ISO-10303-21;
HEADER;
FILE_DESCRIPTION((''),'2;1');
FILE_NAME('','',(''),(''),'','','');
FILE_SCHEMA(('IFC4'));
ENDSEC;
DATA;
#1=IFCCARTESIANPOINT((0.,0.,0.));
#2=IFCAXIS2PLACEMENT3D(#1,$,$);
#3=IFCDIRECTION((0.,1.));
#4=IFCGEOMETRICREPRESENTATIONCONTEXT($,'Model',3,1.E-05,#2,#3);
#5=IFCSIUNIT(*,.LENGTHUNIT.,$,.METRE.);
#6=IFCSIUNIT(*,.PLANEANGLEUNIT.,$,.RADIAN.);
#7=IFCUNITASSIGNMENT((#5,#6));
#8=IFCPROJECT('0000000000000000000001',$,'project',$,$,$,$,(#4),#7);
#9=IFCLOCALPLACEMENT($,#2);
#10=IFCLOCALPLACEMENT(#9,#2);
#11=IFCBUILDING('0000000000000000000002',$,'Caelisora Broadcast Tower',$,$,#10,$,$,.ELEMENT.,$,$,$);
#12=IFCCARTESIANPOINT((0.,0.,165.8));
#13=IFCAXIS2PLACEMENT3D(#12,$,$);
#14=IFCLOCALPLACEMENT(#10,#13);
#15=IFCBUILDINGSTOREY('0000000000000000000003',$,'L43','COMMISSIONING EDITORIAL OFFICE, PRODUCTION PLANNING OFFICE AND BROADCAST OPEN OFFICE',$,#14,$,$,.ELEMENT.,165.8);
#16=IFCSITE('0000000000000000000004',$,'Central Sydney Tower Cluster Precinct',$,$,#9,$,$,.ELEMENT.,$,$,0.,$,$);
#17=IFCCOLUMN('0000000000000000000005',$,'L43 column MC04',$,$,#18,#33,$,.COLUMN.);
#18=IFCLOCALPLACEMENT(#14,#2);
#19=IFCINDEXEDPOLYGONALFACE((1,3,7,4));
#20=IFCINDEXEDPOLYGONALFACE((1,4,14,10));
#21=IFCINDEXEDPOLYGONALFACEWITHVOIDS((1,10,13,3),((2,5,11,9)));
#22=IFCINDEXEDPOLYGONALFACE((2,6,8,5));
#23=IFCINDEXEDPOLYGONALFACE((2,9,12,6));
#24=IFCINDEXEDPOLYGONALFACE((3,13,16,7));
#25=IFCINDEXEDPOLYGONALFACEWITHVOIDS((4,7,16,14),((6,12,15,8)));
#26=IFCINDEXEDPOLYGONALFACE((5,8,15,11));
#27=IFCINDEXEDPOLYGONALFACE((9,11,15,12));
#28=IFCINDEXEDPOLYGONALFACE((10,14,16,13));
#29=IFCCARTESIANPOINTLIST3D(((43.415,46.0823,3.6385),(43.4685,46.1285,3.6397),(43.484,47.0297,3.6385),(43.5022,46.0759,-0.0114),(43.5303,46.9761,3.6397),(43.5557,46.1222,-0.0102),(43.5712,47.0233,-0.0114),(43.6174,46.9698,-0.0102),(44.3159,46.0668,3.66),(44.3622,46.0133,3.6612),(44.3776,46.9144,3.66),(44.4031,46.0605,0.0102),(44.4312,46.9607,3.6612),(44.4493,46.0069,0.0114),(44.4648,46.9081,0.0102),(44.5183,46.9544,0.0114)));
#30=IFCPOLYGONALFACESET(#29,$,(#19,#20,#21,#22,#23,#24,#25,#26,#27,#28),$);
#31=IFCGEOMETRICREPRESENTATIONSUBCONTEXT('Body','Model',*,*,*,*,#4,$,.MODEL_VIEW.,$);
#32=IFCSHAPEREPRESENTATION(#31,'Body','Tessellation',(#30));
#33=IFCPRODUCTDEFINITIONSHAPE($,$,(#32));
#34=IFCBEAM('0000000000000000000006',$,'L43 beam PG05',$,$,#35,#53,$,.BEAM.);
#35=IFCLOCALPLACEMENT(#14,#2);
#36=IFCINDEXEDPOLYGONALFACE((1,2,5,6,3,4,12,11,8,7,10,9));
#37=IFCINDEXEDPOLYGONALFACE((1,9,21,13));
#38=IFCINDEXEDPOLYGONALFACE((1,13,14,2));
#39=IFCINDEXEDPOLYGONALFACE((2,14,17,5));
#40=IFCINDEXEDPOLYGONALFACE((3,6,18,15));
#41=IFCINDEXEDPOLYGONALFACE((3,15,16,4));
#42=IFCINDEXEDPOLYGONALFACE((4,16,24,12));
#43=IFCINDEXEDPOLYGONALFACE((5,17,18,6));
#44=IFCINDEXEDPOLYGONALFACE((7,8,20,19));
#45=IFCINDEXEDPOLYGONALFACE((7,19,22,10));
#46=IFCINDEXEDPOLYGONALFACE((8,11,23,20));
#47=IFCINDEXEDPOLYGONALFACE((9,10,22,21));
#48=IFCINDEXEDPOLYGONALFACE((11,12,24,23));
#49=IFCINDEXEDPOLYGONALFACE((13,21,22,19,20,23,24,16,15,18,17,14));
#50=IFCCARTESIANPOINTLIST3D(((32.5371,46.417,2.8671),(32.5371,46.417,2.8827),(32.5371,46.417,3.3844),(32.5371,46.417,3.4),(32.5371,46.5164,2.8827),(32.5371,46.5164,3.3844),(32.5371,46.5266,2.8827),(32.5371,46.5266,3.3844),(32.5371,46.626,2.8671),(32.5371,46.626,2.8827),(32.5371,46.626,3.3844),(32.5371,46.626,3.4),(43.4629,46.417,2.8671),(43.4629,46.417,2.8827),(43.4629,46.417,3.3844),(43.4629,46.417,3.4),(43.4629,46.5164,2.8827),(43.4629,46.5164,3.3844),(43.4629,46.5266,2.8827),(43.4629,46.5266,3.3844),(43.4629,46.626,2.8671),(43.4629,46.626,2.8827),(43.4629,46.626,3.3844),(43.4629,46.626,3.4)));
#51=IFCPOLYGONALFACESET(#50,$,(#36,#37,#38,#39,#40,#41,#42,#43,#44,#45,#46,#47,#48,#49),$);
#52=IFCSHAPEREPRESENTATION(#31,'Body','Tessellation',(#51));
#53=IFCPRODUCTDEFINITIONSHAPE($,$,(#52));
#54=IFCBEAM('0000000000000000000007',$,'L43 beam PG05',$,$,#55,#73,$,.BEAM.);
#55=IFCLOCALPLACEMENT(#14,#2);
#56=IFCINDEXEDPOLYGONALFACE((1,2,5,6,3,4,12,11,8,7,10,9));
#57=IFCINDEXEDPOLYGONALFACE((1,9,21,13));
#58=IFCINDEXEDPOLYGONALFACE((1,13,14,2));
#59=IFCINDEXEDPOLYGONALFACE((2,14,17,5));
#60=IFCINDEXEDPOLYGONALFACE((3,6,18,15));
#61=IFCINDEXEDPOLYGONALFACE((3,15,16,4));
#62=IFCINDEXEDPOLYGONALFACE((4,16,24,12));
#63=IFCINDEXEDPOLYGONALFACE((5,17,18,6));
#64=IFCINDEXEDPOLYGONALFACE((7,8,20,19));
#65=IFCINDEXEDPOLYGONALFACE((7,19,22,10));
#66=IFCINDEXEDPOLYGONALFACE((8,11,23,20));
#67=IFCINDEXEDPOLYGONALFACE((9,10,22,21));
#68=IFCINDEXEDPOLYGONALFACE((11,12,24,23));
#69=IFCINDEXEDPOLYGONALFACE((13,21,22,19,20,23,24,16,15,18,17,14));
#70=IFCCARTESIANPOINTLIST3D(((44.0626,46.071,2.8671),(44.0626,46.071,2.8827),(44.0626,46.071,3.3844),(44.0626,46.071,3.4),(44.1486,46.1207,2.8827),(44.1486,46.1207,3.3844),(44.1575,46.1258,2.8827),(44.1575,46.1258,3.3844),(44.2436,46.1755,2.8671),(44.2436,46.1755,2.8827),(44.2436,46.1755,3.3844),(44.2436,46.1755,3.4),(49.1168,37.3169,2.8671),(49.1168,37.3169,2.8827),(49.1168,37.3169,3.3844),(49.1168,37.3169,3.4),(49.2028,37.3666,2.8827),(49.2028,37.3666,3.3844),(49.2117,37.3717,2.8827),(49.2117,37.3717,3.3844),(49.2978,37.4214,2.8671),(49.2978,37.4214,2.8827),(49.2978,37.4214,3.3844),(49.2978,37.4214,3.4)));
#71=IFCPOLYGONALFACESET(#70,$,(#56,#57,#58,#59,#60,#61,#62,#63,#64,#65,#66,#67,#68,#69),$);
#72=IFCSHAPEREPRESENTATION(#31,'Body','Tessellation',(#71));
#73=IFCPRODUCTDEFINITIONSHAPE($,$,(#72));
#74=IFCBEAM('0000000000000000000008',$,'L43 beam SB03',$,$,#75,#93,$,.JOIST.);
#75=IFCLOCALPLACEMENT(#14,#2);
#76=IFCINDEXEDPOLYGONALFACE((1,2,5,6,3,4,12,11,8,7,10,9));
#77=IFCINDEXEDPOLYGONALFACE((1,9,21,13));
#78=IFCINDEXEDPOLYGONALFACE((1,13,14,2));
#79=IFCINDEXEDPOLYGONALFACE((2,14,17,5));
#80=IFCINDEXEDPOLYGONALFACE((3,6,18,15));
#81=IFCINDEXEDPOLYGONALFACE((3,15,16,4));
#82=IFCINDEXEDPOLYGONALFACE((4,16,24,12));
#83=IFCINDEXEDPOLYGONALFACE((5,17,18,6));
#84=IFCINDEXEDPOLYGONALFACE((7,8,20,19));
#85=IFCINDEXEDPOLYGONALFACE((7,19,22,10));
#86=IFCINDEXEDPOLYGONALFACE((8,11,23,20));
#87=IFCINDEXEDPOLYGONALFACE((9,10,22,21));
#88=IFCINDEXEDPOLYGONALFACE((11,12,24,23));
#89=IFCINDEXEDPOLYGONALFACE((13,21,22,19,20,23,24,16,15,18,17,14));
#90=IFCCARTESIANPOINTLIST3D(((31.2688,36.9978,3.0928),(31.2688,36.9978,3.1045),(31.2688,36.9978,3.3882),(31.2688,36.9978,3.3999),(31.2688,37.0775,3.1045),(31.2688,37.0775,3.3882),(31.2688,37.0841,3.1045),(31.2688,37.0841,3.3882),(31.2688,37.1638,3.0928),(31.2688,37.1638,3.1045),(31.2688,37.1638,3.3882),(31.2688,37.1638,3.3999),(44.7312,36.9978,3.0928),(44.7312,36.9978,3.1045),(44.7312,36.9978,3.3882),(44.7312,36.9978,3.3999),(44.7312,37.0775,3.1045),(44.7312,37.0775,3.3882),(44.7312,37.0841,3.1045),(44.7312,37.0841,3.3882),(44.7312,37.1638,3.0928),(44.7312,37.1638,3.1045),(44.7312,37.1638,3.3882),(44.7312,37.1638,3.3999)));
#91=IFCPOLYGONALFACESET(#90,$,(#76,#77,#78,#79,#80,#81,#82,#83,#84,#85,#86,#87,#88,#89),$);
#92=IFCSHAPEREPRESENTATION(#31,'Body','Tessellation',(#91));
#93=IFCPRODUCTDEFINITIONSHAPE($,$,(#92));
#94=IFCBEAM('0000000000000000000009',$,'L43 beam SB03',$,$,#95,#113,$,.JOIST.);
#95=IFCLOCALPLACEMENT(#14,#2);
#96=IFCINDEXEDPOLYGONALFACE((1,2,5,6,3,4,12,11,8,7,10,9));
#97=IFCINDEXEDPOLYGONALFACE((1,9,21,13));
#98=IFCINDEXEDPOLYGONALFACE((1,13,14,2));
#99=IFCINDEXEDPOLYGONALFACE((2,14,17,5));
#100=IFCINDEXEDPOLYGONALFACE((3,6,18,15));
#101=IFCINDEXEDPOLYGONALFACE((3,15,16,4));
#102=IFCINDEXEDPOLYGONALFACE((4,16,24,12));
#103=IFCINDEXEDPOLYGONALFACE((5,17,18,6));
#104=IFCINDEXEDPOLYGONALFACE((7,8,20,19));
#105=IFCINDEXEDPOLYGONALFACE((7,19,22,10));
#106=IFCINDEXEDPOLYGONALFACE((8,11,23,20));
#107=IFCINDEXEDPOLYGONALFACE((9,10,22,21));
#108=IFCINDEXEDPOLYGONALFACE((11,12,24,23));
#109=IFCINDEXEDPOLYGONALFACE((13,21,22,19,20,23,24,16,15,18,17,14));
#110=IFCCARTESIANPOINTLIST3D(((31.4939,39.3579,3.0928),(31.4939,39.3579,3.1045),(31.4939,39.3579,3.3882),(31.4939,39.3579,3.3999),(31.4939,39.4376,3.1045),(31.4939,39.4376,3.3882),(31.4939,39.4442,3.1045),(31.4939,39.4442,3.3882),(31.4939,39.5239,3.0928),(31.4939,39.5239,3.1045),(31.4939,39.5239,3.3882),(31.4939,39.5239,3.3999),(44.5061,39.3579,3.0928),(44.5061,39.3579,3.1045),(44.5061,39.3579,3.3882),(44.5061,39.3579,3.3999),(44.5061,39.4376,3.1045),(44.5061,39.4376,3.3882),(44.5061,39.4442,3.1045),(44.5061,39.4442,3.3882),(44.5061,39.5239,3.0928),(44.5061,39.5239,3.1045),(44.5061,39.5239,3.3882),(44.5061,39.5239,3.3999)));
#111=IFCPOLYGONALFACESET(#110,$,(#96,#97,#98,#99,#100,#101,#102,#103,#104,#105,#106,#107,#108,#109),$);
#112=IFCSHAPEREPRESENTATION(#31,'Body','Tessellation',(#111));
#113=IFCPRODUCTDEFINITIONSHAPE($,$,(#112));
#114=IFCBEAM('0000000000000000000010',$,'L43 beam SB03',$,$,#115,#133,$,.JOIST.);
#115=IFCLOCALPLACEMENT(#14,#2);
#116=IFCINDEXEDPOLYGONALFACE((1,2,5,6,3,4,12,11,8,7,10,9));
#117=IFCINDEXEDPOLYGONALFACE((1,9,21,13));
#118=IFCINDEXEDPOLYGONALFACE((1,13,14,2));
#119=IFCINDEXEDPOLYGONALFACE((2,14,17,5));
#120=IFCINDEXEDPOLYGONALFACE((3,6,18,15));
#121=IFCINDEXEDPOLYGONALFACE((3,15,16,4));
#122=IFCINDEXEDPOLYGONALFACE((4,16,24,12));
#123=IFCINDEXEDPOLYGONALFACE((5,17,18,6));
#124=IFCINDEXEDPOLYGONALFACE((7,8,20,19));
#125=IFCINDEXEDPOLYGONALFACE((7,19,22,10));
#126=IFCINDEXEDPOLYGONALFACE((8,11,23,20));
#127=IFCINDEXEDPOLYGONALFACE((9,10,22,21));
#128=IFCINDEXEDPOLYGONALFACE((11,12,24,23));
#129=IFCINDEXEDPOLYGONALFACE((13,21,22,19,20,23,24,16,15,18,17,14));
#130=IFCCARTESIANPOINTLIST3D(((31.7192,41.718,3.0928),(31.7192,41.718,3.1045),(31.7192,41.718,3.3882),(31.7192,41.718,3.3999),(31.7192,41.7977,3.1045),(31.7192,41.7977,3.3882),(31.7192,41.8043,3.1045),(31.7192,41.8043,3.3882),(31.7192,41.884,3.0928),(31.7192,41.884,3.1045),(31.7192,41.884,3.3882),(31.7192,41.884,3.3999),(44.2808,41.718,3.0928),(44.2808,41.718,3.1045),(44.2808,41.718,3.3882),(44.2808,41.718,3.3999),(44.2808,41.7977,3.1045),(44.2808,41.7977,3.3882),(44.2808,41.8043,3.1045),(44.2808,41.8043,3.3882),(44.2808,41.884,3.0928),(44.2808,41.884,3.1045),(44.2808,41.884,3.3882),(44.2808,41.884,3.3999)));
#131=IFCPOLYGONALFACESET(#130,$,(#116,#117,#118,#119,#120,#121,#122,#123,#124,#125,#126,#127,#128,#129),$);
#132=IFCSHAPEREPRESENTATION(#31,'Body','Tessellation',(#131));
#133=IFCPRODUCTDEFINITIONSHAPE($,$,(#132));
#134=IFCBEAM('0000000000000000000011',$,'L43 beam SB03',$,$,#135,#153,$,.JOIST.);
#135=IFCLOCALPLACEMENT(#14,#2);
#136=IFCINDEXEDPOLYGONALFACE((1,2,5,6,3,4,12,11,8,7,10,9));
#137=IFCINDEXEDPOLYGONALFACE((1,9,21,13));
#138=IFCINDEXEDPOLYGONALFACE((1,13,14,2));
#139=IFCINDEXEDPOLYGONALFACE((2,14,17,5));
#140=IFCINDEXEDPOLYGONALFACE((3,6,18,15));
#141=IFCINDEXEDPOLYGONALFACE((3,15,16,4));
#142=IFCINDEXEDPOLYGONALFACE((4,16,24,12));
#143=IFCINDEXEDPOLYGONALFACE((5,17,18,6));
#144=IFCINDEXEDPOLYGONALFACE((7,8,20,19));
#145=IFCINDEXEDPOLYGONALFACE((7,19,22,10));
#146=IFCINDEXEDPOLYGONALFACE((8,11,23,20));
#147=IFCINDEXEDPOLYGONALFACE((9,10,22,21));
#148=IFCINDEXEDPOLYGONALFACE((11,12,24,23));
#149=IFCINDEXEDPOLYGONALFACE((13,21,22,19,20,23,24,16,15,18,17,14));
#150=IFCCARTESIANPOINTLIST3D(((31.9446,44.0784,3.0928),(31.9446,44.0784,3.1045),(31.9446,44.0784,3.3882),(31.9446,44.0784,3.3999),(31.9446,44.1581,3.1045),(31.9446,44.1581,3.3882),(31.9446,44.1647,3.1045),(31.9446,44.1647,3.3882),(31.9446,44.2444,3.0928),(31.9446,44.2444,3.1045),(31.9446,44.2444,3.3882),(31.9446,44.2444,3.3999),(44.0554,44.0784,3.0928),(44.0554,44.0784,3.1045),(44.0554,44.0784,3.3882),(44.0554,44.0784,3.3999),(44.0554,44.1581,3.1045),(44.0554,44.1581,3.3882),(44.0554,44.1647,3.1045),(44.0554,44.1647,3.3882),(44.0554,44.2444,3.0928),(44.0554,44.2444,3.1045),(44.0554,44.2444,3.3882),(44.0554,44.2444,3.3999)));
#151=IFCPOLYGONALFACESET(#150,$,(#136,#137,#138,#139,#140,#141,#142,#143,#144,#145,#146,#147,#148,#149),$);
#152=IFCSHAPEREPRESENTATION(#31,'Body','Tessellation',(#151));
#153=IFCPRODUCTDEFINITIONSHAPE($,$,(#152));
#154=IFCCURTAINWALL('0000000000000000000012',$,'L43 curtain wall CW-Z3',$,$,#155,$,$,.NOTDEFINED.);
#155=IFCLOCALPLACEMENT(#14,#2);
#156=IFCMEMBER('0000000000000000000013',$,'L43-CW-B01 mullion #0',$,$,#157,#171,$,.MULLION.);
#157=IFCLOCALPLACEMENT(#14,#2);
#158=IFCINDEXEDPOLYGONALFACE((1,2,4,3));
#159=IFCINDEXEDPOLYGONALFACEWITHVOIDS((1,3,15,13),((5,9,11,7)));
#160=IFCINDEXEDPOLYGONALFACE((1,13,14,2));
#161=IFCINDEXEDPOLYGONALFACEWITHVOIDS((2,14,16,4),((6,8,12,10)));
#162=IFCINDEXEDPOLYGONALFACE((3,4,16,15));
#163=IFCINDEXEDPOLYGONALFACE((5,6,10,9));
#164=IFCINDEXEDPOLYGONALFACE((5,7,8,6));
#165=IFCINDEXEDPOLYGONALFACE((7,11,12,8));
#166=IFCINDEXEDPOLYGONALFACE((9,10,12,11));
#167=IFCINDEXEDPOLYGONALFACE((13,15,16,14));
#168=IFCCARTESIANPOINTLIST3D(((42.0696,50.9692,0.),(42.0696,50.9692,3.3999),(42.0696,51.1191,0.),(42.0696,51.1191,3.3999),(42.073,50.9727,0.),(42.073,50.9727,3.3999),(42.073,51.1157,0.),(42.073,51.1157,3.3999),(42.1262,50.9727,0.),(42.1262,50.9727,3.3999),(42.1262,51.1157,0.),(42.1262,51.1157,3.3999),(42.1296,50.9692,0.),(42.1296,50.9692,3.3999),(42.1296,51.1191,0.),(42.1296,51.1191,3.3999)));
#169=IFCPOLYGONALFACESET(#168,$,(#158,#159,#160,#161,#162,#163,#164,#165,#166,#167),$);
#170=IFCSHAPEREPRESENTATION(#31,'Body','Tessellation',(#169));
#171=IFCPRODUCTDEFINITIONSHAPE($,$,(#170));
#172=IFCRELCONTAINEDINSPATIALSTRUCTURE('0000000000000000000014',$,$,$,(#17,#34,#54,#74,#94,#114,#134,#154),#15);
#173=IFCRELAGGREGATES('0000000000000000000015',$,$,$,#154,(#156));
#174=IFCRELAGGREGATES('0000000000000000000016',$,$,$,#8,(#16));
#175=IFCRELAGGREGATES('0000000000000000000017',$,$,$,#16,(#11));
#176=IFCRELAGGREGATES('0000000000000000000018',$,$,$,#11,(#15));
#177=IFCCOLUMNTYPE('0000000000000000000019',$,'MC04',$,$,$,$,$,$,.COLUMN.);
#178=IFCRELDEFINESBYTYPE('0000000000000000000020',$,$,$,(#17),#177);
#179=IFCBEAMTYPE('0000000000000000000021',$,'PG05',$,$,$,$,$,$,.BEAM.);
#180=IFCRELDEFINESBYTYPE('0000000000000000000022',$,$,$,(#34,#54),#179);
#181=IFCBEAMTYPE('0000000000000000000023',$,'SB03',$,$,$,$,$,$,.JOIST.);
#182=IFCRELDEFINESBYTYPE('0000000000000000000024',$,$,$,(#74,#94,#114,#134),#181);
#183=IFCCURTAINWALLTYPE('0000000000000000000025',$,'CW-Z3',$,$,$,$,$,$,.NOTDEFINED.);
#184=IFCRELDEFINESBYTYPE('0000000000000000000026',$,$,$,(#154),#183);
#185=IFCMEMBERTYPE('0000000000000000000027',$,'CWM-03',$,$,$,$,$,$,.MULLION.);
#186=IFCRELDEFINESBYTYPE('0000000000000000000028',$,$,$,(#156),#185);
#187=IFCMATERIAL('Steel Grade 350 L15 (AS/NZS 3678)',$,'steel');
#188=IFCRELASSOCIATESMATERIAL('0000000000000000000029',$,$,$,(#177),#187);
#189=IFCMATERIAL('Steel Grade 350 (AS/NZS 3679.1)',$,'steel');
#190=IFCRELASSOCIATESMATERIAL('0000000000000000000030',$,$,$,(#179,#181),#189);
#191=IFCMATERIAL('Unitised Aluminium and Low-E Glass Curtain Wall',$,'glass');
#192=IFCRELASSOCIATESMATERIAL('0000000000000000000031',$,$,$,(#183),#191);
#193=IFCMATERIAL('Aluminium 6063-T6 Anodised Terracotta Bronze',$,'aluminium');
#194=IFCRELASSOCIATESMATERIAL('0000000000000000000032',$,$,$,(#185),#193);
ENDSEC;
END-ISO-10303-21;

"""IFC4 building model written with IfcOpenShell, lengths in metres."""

from ifc_helpers import new_model, si_unit, direction, frame, origin, origin_2d, place, context, subcontext, project, spatial, hollow_rectangle, i_section, extrude, source, transform, mapped, material, material_profile, profile_set, type_object, type_shapes, element, aggregate, save


model = new_model("IFC4")

# Units and contexts
model_context = context("Model", 3, precision=1e-05, world=origin(), true_north=direction((0.0, 1.0)))
body_context = subcontext(model_context, "Body", "Model", "MODEL_VIEW")
ifc_project = project(units=[si_unit("LENGTHUNIT", "METRE"), si_unit("PLANEANGLEUNIT", "RADIAN")], contexts=[model_context])

# Site, building, storey
site_placement = place(None, origin())
site = spatial("IfcSite", under=ifc_project, at=site_placement, Name="Central Sydney Tower Cluster Precinct", CompositionType="ELEMENT", RefElevation=0.0)
building_placement = place(site_placement, origin())
building = spatial("IfcBuilding", under=site, at=building_placement, Name="Caelisora Broadcast Tower", CompositionType="ELEMENT")
storey_placement = place(building_placement, frame((0.0, 0.0, 165.8)))
storey = spatial("IfcBuildingStorey", under=building, at=storey_placement, Name="L43", Description="COMMISSIONING EDITORIAL OFFICE, PRODUCTION PLANNING OFFICE AND BROADCAST OPEN OFFICE", CompositionType="ELEMENT", Elevation=165.8)

# Column
ifc_material_1 = material(Name="Steel Grade 350 L15 (AS/NZS 3678)", Category="steel")
ifc_material_profile_1 = material_profile(ifc_material_1, hollow_rectangle(XDim=0.95, YDim=0.95, WallThickness=0.05, at=origin_2d()), Name="Steel Grade 350 L15 (AS/NZS 3678)")
ifc_profile_set_1 = profile_set([ifc_material_profile_1], Name="Steel Grade 350 L15 (AS/NZS 3678)")
column_type = type_object("IfcColumnType", Name="MC04", PredefinedType="COLUMN", material=ifc_profile_set_1)
shared_shape_1 = source(origin(), body_context, "Body", "SweptSolid", [
    extrude(hollow_rectangle(XDim=0.95, YDim=0.95, WallThickness=0.05, at=origin_2d()), origin(), (0.0, 0.0, 1.0), 3.6509),
])
type_shapes(column_type, [shared_shape_1])
column_placement = place(storey_placement, frame((44.0103, 46.5151, 0.0), z_axis=(-0.023873, 0.001739, 0.999713), x_axis=(-0.072637, -0.997358, 0.0)))
element("IfcColumn", 1, at=column_placement, inside=storey, type_object=column_type, Name="L43 column MC04", PredefinedType="COLUMN", context=body_context, shape_type="MappedRepresentation", body=[
    mapped(shared_shape_1, transform((0.0, 0.0, 0.0), scale=1.0)),
])

# Beams
ifc_material_2 = material(Name="Steel Grade 350 (AS/NZS 3679.1)", Category="steel")
ifc_material_profile_2 = material_profile(ifc_material_2, i_section(OverallWidth=0.209, OverallDepth=0.533, WebThickness=0.0103, FlangeThickness=0.0156, at=origin_2d()), Name="Steel Grade 350 (AS/NZS 3679.1)")
ifc_profile_set_2 = profile_set([ifc_material_profile_2], Name="Steel Grade 350 (AS/NZS 3679.1)")
beam_type_1 = type_object("IfcBeamType", Name="PG05", PredefinedType="BEAM", material=ifc_profile_set_2)
shared_shape_2 = source(origin(), body_context, "Body", "SweptSolid", [
    extrude(i_section(OverallWidth=0.209, OverallDepth=0.533, WebThickness=0.0103, FlangeThickness=0.0156, at=origin_2d()), origin(), (0.0, 0.0, 1.0), 10.9258),
])
beam_1_placement = place(storey_placement, frame((43.4629, 46.5215, 3.1335), z_axis=(-1.0, 0.0, 0.0), x_axis=(0.0, -1.0, 0.0)))
element("IfcBeam", 2, at=beam_1_placement, inside=storey, type_object=beam_type_1, Name="L43 beam PG05", PredefinedType="BEAM", context=body_context, shape_type="MappedRepresentation", body=[
    mapped(shared_shape_2, transform((0.0, 0.0, 0.0), scale=1.0)),
])
shared_shape_3 = source(origin(), body_context, "Body", "SweptSolid", [
    extrude(i_section(OverallWidth=0.209, OverallDepth=0.533, WebThickness=0.0103, FlangeThickness=0.0156, at=origin_2d()), origin(), (0.0, 0.0, 1.0), 10.1084),
])
type_shapes(beam_type_1, [shared_shape_2, shared_shape_3])
beam_2_placement = place(storey_placement, frame((49.2073, 37.3691, 3.1335), z_axis=(-0.499999, 0.866026, 0.0), x_axis=(-0.866026, -0.499999, 0.0)))
element("IfcBeam", 3, at=beam_2_placement, inside=storey, type_object=beam_type_1, Name="L43 beam PG05", PredefinedType="BEAM", context=body_context, shape_type="MappedRepresentation", body=[
    mapped(shared_shape_3, transform((0.0, 0.0, 0.0), scale=1.0)),
])
ifc_material_profile_3 = material_profile(ifc_material_2, i_section(OverallWidth=0.166, OverallDepth=0.3071, WebThickness=0.0066, FlangeThickness=0.0117, at=origin_2d()), Name="Steel Grade 350 (AS/NZS 3679.1)")
ifc_profile_set_3 = profile_set([ifc_material_profile_3], Name="Steel Grade 350 (AS/NZS 3679.1)")
beam_type_2 = type_object("IfcBeamType", Name="SB03", PredefinedType="JOIST", material=ifc_profile_set_3)
shared_shape_4 = source(origin(), body_context, "Body", "SweptSolid", [
    extrude(i_section(OverallWidth=0.166, OverallDepth=0.3071, WebThickness=0.0066, FlangeThickness=0.0117, at=origin_2d()), origin(), (0.0, 0.0, 1.0), 13.4624),
])
beam_3_placement = place(storey_placement, frame((44.7312, 37.0808, 3.2463), z_axis=(-1.0, 0.0, 0.0), x_axis=(0.0, -1.0, 0.0)))
element("IfcBeam", 4, at=beam_3_placement, inside=storey, type_object=beam_type_2, Name="L43 beam SB03", PredefinedType="JOIST", context=body_context, shape_type="MappedRepresentation", body=[
    mapped(shared_shape_4, transform((0.0, 0.0, 0.0), scale=1.0)),
])
shared_shape_5 = source(origin(), body_context, "Body", "SweptSolid", [
    extrude(i_section(OverallWidth=0.166, OverallDepth=0.3071, WebThickness=0.0066, FlangeThickness=0.0117, at=origin_2d()), origin(), (0.0, 0.0, 1.0), 13.0122),
])
beam_4_placement = place(storey_placement, frame((44.5061, 39.4409, 3.2463), z_axis=(-1.0, 0.0, 0.0), x_axis=(0.0, -1.0, 0.0)))
element("IfcBeam", 5, at=beam_4_placement, inside=storey, type_object=beam_type_2, Name="L43 beam SB03", PredefinedType="JOIST", context=body_context, shape_type="MappedRepresentation", body=[
    mapped(shared_shape_5, transform((0.0, 0.0, 0.0), scale=1.0)),
])
shared_shape_6 = source(origin(), body_context, "Body", "SweptSolid", [
    extrude(i_section(OverallWidth=0.166, OverallDepth=0.3071, WebThickness=0.0066, FlangeThickness=0.0117, at=origin_2d()), origin(), (0.0, 0.0, 1.0), 12.5615),
])
beam_5_placement = place(storey_placement, frame((44.2808, 41.801, 3.2463), z_axis=(-1.0, 0.0, 0.0), x_axis=(0.0, -1.0, 0.0)))
element("IfcBeam", 6, at=beam_5_placement, inside=storey, type_object=beam_type_2, Name="L43 beam SB03", PredefinedType="JOIST", context=body_context, shape_type="MappedRepresentation", body=[
    mapped(shared_shape_6, transform((0.0, 0.0, 0.0), scale=1.0)),
])
shared_shape_7 = source(origin(), body_context, "Body", "SweptSolid", [
    extrude(i_section(OverallWidth=0.166, OverallDepth=0.3071, WebThickness=0.0066, FlangeThickness=0.0117, at=origin_2d()), origin(), (0.0, 0.0, 1.0), 12.1108),
])
type_shapes(beam_type_2, [shared_shape_4, shared_shape_5, shared_shape_6, shared_shape_7])
beam_6_placement = place(storey_placement, frame((44.0554, 44.1614, 3.2463), z_axis=(-1.0, 0.0, 0.0), x_axis=(0.0, -1.0, 0.0)))
element("IfcBeam", 7, at=beam_6_placement, inside=storey, type_object=beam_type_2, Name="L43 beam SB03", PredefinedType="JOIST", context=body_context, shape_type="MappedRepresentation", body=[
    mapped(shared_shape_7, transform((0.0, 0.0, 0.0), scale=1.0)),
])

# Curtain wall, member
ifc_material_3 = material(Name="Unitised Aluminium and Low-E Glass Curtain Wall", Category="glass")
curtain_wall_type_1 = type_object("IfcCurtainWallType", Name="CW-Z3", PredefinedType="NOTDEFINED", material=ifc_material_3)
curtain_wall_1_placement = place(storey_placement, origin())
curtain_wall_1 = element("IfcCurtainWall", 8, at=curtain_wall_1_placement, inside=storey, type_object=curtain_wall_type_1, Name="L43 curtain wall CW-Z3", PredefinedType="NOTDEFINED")
ifc_material_4 = material(Name="Aluminium 6063-T6 Anodised Terracotta Bronze", Category="aluminium")
ifc_material_profile_4 = material_profile(ifc_material_4, hollow_rectangle(XDim=0.0601, YDim=0.1499, WallThickness=0.0034, at=origin_2d()), Name="Aluminium 6063-T6 Anodised Terracotta Bronze")
ifc_profile_set_4 = profile_set([ifc_material_profile_4], Name="Aluminium 6063-T6 Anodised Terracotta Bronze")
member_type_1 = type_object("IfcMemberType", Name="CWM-03", PredefinedType="MULLION", material=ifc_profile_set_4)
shared_shape_8 = source(origin(), body_context, "Body", "SweptSolid", [
    extrude(hollow_rectangle(XDim=0.0601, YDim=0.1499, WallThickness=0.0034, at=origin_2d()), origin(), (0.0, 0.0, 1.0), 3.3999),
])
type_shapes(member_type_1, [shared_shape_8])
member_1_placement = place(storey_placement, frame((42.0996, 51.0442, 0.0), z_axis=(0.0, 0.0, 1.0), x_axis=(1.0, 0.0, 0.0)))
member_1 = element("IfcMember", 9, at=member_1_placement, type_object=member_type_1, Name="L43-CW-B01 mullion #0", PredefinedType="MULLION", context=body_context, shape_type="MappedRepresentation", body=[
    mapped(shared_shape_8, transform((0.0, 0.0, 0.0), scale=1.0)),
])

aggregate(curtain_wall_1, [member_1])

save(model, "model.ifc")
